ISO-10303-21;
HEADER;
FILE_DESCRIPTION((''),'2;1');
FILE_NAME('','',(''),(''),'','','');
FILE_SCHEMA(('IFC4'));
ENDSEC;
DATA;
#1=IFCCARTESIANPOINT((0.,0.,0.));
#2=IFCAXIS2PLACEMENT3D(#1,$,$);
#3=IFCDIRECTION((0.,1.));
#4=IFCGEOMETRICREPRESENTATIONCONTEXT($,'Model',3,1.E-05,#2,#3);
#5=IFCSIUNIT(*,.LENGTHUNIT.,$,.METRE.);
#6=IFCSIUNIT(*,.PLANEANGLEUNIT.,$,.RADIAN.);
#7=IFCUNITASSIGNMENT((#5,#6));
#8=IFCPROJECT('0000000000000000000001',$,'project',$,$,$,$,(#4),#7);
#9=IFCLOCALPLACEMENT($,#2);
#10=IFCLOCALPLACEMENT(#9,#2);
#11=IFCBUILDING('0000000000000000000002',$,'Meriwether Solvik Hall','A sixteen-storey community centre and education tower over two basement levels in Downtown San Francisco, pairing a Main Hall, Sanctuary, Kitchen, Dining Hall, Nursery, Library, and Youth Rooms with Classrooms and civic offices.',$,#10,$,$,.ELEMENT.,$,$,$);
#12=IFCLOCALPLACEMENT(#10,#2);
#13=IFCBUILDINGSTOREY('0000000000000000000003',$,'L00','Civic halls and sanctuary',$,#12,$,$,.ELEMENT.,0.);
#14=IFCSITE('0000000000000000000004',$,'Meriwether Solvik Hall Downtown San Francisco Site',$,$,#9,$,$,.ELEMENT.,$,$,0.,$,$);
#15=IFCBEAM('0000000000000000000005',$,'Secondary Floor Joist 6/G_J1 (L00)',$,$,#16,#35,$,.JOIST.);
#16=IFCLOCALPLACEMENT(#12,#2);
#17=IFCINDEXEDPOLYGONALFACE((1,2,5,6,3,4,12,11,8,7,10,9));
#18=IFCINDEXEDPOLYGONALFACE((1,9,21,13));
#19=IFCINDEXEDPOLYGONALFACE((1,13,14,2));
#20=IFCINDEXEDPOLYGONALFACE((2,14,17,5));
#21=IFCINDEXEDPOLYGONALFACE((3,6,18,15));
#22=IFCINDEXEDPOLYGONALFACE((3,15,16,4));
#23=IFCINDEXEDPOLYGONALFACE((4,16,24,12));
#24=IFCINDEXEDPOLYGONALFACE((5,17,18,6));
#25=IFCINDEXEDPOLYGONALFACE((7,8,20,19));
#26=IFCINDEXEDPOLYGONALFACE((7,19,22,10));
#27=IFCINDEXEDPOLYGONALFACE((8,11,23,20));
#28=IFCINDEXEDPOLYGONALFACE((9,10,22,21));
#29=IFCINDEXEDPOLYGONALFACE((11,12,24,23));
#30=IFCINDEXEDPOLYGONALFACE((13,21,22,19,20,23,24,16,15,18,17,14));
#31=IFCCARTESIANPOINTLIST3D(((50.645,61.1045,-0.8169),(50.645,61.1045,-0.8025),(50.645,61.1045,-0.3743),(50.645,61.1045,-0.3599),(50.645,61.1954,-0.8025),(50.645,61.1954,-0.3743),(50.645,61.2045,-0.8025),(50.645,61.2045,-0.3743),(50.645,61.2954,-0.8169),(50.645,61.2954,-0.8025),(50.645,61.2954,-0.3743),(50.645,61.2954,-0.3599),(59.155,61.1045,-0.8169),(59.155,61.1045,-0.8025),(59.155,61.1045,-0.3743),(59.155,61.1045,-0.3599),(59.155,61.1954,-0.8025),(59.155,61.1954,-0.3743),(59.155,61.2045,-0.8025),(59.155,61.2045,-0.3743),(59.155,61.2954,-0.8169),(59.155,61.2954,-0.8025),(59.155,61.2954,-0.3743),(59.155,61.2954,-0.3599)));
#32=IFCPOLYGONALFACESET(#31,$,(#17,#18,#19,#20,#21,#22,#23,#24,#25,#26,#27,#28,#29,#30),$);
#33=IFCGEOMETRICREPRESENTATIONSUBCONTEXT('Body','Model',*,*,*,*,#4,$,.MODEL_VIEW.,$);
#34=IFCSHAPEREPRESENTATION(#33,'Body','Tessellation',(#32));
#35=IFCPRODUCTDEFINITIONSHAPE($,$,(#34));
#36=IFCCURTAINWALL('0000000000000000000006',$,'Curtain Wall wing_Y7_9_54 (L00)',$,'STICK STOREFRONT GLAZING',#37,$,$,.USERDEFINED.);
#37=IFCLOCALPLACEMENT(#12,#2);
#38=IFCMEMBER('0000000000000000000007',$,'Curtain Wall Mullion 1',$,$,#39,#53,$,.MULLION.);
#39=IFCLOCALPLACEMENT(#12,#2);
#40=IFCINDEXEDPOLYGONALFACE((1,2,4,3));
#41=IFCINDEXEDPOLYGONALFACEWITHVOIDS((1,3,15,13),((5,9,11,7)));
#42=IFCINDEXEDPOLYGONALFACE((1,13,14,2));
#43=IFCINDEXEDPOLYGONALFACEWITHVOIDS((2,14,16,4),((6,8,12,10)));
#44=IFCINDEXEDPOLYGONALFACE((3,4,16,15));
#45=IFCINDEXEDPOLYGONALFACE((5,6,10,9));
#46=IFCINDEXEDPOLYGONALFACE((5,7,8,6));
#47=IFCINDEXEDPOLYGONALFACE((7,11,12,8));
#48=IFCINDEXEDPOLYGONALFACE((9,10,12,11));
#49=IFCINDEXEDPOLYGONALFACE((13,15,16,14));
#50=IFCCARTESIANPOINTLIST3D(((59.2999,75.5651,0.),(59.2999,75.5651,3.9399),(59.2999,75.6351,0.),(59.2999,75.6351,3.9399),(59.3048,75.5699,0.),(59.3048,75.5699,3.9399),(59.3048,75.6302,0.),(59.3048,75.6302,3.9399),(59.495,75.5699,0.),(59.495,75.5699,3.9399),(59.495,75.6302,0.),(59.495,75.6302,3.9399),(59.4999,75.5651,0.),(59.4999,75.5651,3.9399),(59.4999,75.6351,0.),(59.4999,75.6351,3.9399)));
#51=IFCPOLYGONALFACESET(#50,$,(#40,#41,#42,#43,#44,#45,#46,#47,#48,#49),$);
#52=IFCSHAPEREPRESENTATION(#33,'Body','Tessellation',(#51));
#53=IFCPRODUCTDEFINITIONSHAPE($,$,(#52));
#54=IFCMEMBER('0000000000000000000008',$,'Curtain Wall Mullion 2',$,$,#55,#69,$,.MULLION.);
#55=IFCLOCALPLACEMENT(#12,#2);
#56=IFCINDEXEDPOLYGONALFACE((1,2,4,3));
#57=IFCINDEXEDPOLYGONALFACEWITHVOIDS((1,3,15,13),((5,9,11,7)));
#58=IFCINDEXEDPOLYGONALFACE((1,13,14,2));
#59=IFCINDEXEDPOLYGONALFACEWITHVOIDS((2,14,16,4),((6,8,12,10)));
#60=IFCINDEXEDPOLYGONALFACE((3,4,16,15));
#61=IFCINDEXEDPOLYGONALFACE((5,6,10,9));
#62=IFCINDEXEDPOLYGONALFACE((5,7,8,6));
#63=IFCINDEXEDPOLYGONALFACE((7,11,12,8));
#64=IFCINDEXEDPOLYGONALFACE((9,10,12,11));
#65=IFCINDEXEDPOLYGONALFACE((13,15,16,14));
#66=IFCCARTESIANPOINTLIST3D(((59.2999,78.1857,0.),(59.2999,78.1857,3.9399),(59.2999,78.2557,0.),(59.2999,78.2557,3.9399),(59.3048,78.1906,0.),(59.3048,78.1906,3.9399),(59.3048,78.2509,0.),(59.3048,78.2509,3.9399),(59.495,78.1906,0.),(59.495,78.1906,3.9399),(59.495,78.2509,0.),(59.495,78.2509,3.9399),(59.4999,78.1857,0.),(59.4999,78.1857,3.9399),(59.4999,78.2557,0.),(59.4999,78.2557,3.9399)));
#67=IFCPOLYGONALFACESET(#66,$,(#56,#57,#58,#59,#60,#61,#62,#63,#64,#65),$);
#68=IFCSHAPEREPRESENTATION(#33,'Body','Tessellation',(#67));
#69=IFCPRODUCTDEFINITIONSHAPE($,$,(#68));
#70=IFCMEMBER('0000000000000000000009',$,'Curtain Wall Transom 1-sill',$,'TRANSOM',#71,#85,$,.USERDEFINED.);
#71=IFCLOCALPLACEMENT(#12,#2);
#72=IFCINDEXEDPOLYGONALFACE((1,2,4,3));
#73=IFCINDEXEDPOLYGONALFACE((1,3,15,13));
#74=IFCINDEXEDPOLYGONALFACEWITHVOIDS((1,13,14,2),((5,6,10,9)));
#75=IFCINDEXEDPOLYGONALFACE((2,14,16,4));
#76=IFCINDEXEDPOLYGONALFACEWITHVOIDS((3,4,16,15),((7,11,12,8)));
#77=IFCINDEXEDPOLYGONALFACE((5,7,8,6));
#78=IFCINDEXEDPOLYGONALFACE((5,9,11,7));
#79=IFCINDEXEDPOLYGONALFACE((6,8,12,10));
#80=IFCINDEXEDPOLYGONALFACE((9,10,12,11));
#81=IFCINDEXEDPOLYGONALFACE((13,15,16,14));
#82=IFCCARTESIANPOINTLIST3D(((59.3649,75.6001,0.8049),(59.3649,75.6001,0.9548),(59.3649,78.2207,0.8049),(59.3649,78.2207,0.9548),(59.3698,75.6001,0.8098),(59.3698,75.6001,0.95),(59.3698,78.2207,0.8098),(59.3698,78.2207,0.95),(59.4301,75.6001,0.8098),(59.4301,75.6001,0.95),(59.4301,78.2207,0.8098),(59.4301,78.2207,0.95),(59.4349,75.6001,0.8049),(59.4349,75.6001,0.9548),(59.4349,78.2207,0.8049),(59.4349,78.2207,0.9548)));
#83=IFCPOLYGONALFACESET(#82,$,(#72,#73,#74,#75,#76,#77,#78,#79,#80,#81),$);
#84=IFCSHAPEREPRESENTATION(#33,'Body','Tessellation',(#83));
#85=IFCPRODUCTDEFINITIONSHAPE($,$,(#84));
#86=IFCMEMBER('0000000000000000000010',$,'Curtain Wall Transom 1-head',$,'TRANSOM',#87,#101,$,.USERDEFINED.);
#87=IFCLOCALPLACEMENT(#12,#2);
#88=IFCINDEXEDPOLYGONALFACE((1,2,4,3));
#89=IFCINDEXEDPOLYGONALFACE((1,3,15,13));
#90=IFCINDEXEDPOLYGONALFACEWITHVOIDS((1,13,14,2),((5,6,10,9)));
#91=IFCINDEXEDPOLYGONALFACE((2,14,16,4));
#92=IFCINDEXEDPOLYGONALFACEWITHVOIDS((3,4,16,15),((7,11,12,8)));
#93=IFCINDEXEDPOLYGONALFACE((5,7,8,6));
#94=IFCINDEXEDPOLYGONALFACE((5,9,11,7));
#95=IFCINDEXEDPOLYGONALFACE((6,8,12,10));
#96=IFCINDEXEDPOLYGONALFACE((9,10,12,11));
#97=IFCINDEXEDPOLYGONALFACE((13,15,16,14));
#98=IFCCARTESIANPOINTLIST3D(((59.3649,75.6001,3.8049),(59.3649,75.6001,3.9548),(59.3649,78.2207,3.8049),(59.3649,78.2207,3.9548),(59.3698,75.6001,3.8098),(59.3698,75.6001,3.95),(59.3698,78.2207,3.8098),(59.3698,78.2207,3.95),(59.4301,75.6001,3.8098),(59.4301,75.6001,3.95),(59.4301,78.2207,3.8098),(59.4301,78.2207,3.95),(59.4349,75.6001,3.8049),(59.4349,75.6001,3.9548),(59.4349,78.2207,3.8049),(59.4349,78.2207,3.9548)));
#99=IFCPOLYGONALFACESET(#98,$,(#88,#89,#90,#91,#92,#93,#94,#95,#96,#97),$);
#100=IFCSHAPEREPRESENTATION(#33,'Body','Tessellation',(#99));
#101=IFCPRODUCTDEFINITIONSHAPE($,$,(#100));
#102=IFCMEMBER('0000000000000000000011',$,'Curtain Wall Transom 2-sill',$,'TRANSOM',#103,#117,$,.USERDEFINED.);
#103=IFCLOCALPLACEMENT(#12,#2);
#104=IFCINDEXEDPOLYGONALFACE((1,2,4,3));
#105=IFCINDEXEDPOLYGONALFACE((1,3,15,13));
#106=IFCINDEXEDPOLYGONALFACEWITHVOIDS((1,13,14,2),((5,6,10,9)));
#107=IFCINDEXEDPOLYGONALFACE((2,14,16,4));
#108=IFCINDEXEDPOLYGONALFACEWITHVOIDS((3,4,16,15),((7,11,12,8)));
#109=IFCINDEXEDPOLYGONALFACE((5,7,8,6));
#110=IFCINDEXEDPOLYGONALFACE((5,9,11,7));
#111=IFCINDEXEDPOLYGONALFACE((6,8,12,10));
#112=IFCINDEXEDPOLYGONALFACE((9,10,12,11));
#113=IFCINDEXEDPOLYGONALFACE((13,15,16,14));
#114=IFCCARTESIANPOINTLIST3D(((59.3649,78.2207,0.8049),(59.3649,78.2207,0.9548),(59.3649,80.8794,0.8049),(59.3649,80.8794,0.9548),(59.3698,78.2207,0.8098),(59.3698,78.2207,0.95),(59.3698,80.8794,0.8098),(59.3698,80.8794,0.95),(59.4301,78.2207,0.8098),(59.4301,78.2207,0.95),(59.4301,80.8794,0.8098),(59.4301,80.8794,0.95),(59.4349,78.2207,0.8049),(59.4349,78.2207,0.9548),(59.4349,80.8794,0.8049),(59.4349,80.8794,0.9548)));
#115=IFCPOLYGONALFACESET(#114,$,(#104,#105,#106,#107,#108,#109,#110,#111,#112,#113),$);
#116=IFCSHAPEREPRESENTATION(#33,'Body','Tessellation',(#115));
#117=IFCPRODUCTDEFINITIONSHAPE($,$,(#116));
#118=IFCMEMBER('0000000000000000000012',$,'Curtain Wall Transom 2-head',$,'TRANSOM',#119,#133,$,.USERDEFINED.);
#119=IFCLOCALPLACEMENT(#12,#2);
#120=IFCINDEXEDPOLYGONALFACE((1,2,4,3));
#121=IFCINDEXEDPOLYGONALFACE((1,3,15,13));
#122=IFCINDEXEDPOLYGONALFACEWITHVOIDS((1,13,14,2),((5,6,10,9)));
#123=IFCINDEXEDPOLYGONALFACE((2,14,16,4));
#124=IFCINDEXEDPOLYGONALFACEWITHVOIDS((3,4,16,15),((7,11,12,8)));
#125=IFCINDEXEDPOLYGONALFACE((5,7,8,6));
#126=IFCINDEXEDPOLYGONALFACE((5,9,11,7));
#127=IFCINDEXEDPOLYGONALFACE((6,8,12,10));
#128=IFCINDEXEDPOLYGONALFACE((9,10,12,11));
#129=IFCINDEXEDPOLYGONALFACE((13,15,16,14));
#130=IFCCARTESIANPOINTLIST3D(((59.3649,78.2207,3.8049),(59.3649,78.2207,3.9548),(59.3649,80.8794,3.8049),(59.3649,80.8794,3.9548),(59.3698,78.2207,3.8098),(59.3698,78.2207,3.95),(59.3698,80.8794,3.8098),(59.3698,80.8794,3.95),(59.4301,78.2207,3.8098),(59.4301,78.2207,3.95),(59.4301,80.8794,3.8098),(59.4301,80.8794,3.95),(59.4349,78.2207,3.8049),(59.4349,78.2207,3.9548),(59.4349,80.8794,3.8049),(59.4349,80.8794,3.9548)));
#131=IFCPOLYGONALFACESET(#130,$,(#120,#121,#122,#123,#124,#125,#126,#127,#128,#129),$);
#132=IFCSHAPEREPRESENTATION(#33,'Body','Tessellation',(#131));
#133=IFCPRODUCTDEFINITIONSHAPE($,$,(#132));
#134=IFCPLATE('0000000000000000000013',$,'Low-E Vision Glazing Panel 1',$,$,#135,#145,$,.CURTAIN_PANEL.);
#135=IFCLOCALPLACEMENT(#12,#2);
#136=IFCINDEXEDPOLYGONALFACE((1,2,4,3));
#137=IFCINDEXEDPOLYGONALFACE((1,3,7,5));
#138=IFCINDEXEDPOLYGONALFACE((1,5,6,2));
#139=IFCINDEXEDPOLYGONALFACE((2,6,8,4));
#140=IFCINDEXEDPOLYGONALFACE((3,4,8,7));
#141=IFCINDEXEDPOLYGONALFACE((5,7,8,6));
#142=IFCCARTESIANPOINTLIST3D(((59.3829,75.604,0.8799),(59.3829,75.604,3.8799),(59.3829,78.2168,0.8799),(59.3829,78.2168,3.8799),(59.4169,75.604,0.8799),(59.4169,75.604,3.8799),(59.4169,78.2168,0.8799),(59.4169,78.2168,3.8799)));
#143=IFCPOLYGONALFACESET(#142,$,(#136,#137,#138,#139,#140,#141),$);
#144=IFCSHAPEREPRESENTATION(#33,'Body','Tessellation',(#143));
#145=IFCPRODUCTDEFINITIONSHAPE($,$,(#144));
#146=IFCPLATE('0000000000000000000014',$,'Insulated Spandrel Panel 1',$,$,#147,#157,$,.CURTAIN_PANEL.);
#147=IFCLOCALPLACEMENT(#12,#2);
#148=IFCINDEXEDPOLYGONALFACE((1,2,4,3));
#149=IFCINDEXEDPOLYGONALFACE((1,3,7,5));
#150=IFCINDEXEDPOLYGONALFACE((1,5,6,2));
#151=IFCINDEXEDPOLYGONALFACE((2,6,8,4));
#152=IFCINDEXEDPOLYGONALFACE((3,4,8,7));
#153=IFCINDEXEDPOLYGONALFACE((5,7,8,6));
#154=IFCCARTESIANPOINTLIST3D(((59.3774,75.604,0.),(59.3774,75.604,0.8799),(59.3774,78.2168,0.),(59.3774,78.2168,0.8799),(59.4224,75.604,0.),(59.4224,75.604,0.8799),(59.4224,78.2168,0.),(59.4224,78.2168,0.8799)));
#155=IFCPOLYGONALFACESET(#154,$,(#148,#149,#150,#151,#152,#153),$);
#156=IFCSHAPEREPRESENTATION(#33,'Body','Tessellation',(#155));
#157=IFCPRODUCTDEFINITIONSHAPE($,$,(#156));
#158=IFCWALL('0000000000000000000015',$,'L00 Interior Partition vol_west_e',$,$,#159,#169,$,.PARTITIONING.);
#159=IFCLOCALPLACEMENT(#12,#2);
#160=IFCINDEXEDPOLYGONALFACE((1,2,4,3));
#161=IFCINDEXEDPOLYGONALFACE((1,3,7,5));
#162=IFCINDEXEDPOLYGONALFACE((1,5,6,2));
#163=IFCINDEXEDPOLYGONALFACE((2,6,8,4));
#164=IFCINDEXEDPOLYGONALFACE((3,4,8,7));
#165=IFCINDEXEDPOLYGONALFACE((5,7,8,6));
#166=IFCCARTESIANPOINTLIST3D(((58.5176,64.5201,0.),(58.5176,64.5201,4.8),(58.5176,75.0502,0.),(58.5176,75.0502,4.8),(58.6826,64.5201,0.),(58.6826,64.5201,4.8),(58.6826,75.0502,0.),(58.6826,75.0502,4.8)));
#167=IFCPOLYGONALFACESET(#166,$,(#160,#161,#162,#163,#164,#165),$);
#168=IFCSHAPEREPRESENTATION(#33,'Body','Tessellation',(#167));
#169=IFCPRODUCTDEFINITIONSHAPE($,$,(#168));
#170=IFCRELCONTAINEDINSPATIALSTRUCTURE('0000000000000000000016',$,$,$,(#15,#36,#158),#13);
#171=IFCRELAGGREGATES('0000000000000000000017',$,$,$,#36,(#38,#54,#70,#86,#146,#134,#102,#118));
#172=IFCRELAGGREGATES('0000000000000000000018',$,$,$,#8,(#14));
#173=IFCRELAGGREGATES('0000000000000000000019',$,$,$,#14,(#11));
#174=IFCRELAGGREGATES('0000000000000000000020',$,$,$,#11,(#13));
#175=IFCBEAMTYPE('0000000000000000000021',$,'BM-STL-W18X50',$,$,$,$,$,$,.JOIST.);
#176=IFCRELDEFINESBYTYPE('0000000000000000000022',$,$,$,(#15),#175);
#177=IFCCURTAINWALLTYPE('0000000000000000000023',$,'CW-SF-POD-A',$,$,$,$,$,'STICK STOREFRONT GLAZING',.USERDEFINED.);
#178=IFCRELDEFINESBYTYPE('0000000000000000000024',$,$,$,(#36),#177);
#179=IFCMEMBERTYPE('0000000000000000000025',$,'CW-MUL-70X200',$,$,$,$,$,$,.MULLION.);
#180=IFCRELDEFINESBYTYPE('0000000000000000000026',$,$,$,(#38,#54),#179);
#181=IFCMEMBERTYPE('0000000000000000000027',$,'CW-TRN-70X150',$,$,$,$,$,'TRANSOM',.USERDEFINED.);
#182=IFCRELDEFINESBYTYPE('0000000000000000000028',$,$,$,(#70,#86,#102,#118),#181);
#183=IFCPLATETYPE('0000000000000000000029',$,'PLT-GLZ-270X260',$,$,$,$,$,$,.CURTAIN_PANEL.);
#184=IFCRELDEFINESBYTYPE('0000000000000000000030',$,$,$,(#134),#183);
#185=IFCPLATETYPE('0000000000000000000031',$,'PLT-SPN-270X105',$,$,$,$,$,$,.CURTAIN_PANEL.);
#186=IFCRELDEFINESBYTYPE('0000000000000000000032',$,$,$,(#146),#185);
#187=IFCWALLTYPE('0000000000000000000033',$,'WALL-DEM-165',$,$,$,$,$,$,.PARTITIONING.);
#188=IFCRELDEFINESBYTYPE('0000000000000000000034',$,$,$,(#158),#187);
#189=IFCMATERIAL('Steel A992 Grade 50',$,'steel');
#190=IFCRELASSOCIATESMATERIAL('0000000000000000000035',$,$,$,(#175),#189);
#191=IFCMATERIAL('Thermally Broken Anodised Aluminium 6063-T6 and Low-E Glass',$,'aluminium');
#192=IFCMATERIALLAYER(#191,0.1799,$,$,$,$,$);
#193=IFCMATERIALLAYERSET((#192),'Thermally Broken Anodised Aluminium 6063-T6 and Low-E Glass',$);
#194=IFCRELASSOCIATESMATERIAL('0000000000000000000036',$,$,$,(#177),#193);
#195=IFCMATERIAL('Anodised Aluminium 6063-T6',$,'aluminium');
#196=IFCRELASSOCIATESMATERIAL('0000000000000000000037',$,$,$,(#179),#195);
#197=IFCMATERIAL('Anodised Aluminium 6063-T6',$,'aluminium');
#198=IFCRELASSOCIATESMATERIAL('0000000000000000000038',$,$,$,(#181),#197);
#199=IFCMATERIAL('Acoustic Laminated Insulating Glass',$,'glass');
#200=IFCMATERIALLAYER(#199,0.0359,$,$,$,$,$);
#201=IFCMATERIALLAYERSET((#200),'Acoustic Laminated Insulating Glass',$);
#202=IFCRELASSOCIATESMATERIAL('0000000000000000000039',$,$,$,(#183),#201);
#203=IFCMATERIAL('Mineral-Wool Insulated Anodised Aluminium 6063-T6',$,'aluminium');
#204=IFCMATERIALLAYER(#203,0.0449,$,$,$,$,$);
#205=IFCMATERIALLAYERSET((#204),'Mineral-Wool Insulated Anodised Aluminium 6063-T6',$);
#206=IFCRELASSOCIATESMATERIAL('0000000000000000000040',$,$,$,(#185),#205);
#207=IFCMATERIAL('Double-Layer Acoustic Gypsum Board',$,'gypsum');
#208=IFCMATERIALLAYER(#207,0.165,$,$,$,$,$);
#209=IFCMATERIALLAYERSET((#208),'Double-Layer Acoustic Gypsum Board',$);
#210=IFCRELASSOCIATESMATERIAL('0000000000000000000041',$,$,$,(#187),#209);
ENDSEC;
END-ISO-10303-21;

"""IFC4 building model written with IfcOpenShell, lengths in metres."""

from ifc_helpers import new_model, si_unit, direction, frame, frame_2d, origin, origin_2d, place, context, subcontext, project, spatial, rectangle, hollow_rectangle, i_section, extrude, material, layer, layer_set, material_profile, profile_set, type_object, element, aggregate, save


model = new_model("IFC4")

# Units and contexts
model_context = context("Model", 3, precision=1e-05, world=origin(), true_north=direction((0.0, 1.0)))
body_context = subcontext(model_context, "Body", "Model", "MODEL_VIEW")
ifc_project = project(units=[si_unit("LENGTHUNIT", "METRE"), si_unit("PLANEANGLEUNIT", "RADIAN")], contexts=[model_context])

# Site, building, storey
site_placement = place(None, origin())
site = spatial("IfcSite", under=ifc_project, at=site_placement, Name="Meriwether Solvik Hall Downtown San Francisco Site", CompositionType="ELEMENT", RefElevation=0.0)
building_placement = place(site_placement, origin())
building = spatial("IfcBuilding", under=site, at=building_placement, Name="Meriwether Solvik Hall", Description="A sixteen-storey community centre and education tower over two basement levels in Downtown San Francisco, pairing a Main Hall, Sanctuary, Kitchen, Dining Hall, Nursery, Library, and Youth Rooms with Classrooms and civic offices.", CompositionType="ELEMENT")
storey_placement = place(building_placement, origin())
storey = spatial("IfcBuildingStorey", under=building, at=storey_placement, Name="L00", Description="Civic halls and sanctuary", CompositionType="ELEMENT", Elevation=0.0)

# Beam
ifc_material_1 = material(Name="Steel A992 Grade 50", Category="steel")
ifc_material_profile_1 = material_profile(ifc_material_1, i_section(OverallWidth=0.1909, OverallDepth=0.457, WebThickness=0.009, FlangeThickness=0.0144, at=origin_2d()), Name="W18X50")
ifc_profile_set_1 = profile_set([ifc_material_profile_1], Name="Steel A992 Grade 50")
beam_type_1 = type_object("IfcBeamType", Name="BM-STL-W18X50", PredefinedType="JOIST", material=ifc_profile_set_1)
beam_1_placement = place(storey_placement, frame((50.645, 61.2, -0.5884), z_axis=(1.0, 0.0, 0.0), x_axis=(0.0, 1.0, 0.0)))
element("IfcBeam", 1, at=beam_1_placement, inside=storey, type_object=beam_type_1, Name="Secondary Floor Joist 6/G_J1 (L00)", PredefinedType="JOIST", context=body_context, shape_type="SweptSolid", body=[
    extrude(i_section(OverallWidth=0.1909, OverallDepth=0.457, WebThickness=0.009, FlangeThickness=0.0144, at=origin_2d()), origin(), (0.0, 0.0, 1.0), 8.51),
])

# Curtain wall, members, plates
ifc_material_2 = material(Name="Thermally Broken Anodised Aluminium 6063-T6 and Low-E Glass", Category="aluminium")
ifc_layer_1 = layer(ifc_material_2, 0.1799)
ifc_layer_set_1 = layer_set([ifc_layer_1], Name="Thermally Broken Anodised Aluminium 6063-T6 and Low-E Glass")
curtain_wall_type = type_object("IfcCurtainWallType", Name="CW-SF-POD-A", ElementType="STICK STOREFRONT GLAZING", PredefinedType="USERDEFINED", material=ifc_layer_set_1)
curtain_wall_placement = place(storey_placement, origin())
curtain_wall = element("IfcCurtainWall", 2, at=curtain_wall_placement, inside=storey, type_object=curtain_wall_type, Name="Curtain Wall wing_Y7_9_54 (L00)", ObjectType="STICK STOREFRONT GLAZING", PredefinedType="USERDEFINED")
ifc_material_3 = material(Name="Anodised Aluminium 6063-T6", Category="aluminium")
ifc_material_profile_2 = material_profile(ifc_material_3, hollow_rectangle(XDim=0.0701, YDim=0.2, WallThickness=0.0049, at=origin_2d()), Name="CWM-70X200")
ifc_profile_set_2 = profile_set([ifc_material_profile_2], Name="Anodised Aluminium 6063-T6")
member_type_1 = type_object("IfcMemberType", Name="CW-MUL-70X200", PredefinedType="MULLION", material=ifc_profile_set_2)
member_1_placement = place(storey_placement, frame((59.3999, 75.6001, 0.0), z_axis=(0.0, 0.0, 1.0), x_axis=(0.0, 1.0, 0.0)))
member_1 = element("IfcMember", 3, at=member_1_placement, type_object=member_type_1, Name="Curtain Wall Mullion 1", PredefinedType="MULLION", context=body_context, shape_type="SweptSolid", body=[
    extrude(hollow_rectangle(XDim=0.0701, YDim=0.2, WallThickness=0.0049, at=origin_2d()), origin(), (0.0, 0.0, 1.0), 3.9399),
])
member_2_placement = place(storey_placement, frame((59.3999, 78.2207, 0.0), z_axis=(0.0, 0.0, 1.0), x_axis=(0.0, 1.0, 0.0)))
member_2 = element("IfcMember", 4, at=member_2_placement, type_object=member_type_1, Name="Curtain Wall Mullion 2", PredefinedType="MULLION", context=body_context, shape_type="SweptSolid", body=[
    extrude(hollow_rectangle(XDim=0.0701, YDim=0.2, WallThickness=0.0049, at=origin_2d()), origin(), (0.0, 0.0, 1.0), 3.9399),
])
ifc_material_4 = material(Name="Anodised Aluminium 6063-T6", Category="aluminium")
ifc_material_profile_3 = material_profile(ifc_material_4, hollow_rectangle(XDim=0.0701, YDim=0.1499, WallThickness=0.0049, at=origin_2d()), Name="CWT-70X150")
ifc_profile_set_3 = profile_set([ifc_material_profile_3], Name="Anodised Aluminium 6063-T6")
member_type_2 = type_object("IfcMemberType", Name="CW-TRN-70X150", ElementType="TRANSOM", PredefinedType="USERDEFINED", material=ifc_profile_set_3)
member_3_placement = place(storey_placement, frame((59.3999, 75.6001, 0.8799), z_axis=(0.0, 1.0, 0.0), x_axis=(-1.0, 0.0, 0.0)))
member_3 = element("IfcMember", 5, at=member_3_placement, type_object=member_type_2, Name="Curtain Wall Transom 1-sill", ObjectType="TRANSOM", PredefinedType="USERDEFINED", context=body_context, shape_type="SweptSolid", body=[
    extrude(hollow_rectangle(XDim=0.0701, YDim=0.1499, WallThickness=0.0049, at=origin_2d()), origin(), (0.0, 0.0, 1.0), 2.6206),
])
member_4_placement = place(storey_placement, frame((59.3999, 75.6001, 3.8799), z_axis=(0.0, 1.0, 0.0), x_axis=(-1.0, 0.0, 0.0)))
member_4 = element("IfcMember", 6, at=member_4_placement, type_object=member_type_2, Name="Curtain Wall Transom 1-head", ObjectType="TRANSOM", PredefinedType="USERDEFINED", context=body_context, shape_type="SweptSolid", body=[
    extrude(hollow_rectangle(XDim=0.0701, YDim=0.1499, WallThickness=0.0049, at=origin_2d()), origin(), (0.0, 0.0, 1.0), 2.6206),
])
member_5_placement = place(storey_placement, frame((59.3999, 78.2207, 0.8799), z_axis=(0.0, 1.0, 0.0), x_axis=(-1.0, 0.0, 0.0)))
member_5 = element("IfcMember", 7, at=member_5_placement, type_object=member_type_2, Name="Curtain Wall Transom 2-sill", ObjectType="TRANSOM", PredefinedType="USERDEFINED", context=body_context, shape_type="SweptSolid", body=[
    extrude(hollow_rectangle(XDim=0.0701, YDim=0.1499, WallThickness=0.0049, at=origin_2d()), origin(), (0.0, 0.0, 1.0), 2.6587),
])
member_6_placement = place(storey_placement, frame((59.3999, 78.2207, 3.8799), z_axis=(0.0, 1.0, 0.0), x_axis=(-1.0, 0.0, 0.0)))
member_6 = element("IfcMember", 8, at=member_6_placement, type_object=member_type_2, Name="Curtain Wall Transom 2-head", ObjectType="TRANSOM", PredefinedType="USERDEFINED", context=body_context, shape_type="SweptSolid", body=[
    extrude(hollow_rectangle(XDim=0.0701, YDim=0.1499, WallThickness=0.0049, at=origin_2d()), origin(), (0.0, 0.0, 1.0), 2.6587),
])
ifc_material_5 = material(Name="Acoustic Laminated Insulating Glass", Category="glass")
ifc_layer_2 = layer(ifc_material_5, 0.0359)
ifc_layer_set_2 = layer_set([ifc_layer_2], Name="Acoustic Laminated Insulating Glass")
plate_type_1 = type_object("IfcPlateType", Name="PLT-GLZ-270X260", PredefinedType="CURTAIN_PANEL", material=ifc_layer_set_2)
plate_1_placement = place(storey_placement, frame((59.3999, 76.9104, 0.8799), z_axis=(0.0, 0.0, 1.0), x_axis=(0.0, 1.0, 0.0)))
plate_1 = element("IfcPlate", 9, at=plate_1_placement, type_object=plate_type_1, Name="Low-E Vision Glazing Panel 1", PredefinedType="CURTAIN_PANEL", context=body_context, shape_type="SweptSolid", body=[
    extrude(rectangle(XDim=2.6128, YDim=0.0339, at=origin_2d()), origin(), (0.0, 0.0, 1.0), 3.0),
])
ifc_material_6 = material(Name="Mineral-Wool Insulated Anodised Aluminium 6063-T6", Category="aluminium")
ifc_layer_3 = layer(ifc_material_6, 0.0449)
ifc_layer_set_3 = layer_set([ifc_layer_3], Name="Mineral-Wool Insulated Anodised Aluminium 6063-T6")
plate_type_2 = type_object("IfcPlateType", Name="PLT-SPN-270X105", PredefinedType="CURTAIN_PANEL", material=ifc_layer_set_3)
plate_2_placement = place(storey_placement, frame((59.3999, 76.9104, 0.0), z_axis=(0.0, 0.0, 1.0), x_axis=(0.0, 1.0, 0.0)))
plate_2 = element("IfcPlate", 10, at=plate_2_placement, type_object=plate_type_2, Name="Insulated Spandrel Panel 1", PredefinedType="CURTAIN_PANEL", context=body_context, shape_type="SweptSolid", body=[
    extrude(rectangle(XDim=2.6128, YDim=0.0449, at=origin_2d()), origin(), (0.0, 0.0, 1.0), 0.8799),
])
aggregate(curtain_wall, [member_1, member_2, member_3, member_4, plate_2, plate_1, member_5, member_6])

# Wall
ifc_material_7 = material(Name="Double-Layer Acoustic Gypsum Board", Category="gypsum")
ifc_layer_4 = layer(ifc_material_7, 0.165)
ifc_layer_set_4 = layer_set([ifc_layer_4], Name="Double-Layer Acoustic Gypsum Board")
wall_type_1 = type_object("IfcWallType", Name="WALL-DEM-165", PredefinedType="PARTITIONING", material=ifc_layer_set_4)
wall_1_placement = place(storey_placement, frame((58.6001, 64.52, 0.0), z_axis=(0.0, 0.0, 1.0), x_axis=(0.0, 1.0, 0.0)))
element("IfcWall", 11, at=wall_1_placement, inside=storey, type_object=wall_type_1, Name="L00 Interior Partition vol_west_e", PredefinedType="PARTITIONING", context=body_context, shape_type="SweptSolid", body=[
    extrude(rectangle(XDim=10.53, YDim=0.165, at=frame_2d((5.2651, 0.0))), origin(), (0.0, 0.0, 1.0), 4.8),
])

save(model, "model.ifc")
